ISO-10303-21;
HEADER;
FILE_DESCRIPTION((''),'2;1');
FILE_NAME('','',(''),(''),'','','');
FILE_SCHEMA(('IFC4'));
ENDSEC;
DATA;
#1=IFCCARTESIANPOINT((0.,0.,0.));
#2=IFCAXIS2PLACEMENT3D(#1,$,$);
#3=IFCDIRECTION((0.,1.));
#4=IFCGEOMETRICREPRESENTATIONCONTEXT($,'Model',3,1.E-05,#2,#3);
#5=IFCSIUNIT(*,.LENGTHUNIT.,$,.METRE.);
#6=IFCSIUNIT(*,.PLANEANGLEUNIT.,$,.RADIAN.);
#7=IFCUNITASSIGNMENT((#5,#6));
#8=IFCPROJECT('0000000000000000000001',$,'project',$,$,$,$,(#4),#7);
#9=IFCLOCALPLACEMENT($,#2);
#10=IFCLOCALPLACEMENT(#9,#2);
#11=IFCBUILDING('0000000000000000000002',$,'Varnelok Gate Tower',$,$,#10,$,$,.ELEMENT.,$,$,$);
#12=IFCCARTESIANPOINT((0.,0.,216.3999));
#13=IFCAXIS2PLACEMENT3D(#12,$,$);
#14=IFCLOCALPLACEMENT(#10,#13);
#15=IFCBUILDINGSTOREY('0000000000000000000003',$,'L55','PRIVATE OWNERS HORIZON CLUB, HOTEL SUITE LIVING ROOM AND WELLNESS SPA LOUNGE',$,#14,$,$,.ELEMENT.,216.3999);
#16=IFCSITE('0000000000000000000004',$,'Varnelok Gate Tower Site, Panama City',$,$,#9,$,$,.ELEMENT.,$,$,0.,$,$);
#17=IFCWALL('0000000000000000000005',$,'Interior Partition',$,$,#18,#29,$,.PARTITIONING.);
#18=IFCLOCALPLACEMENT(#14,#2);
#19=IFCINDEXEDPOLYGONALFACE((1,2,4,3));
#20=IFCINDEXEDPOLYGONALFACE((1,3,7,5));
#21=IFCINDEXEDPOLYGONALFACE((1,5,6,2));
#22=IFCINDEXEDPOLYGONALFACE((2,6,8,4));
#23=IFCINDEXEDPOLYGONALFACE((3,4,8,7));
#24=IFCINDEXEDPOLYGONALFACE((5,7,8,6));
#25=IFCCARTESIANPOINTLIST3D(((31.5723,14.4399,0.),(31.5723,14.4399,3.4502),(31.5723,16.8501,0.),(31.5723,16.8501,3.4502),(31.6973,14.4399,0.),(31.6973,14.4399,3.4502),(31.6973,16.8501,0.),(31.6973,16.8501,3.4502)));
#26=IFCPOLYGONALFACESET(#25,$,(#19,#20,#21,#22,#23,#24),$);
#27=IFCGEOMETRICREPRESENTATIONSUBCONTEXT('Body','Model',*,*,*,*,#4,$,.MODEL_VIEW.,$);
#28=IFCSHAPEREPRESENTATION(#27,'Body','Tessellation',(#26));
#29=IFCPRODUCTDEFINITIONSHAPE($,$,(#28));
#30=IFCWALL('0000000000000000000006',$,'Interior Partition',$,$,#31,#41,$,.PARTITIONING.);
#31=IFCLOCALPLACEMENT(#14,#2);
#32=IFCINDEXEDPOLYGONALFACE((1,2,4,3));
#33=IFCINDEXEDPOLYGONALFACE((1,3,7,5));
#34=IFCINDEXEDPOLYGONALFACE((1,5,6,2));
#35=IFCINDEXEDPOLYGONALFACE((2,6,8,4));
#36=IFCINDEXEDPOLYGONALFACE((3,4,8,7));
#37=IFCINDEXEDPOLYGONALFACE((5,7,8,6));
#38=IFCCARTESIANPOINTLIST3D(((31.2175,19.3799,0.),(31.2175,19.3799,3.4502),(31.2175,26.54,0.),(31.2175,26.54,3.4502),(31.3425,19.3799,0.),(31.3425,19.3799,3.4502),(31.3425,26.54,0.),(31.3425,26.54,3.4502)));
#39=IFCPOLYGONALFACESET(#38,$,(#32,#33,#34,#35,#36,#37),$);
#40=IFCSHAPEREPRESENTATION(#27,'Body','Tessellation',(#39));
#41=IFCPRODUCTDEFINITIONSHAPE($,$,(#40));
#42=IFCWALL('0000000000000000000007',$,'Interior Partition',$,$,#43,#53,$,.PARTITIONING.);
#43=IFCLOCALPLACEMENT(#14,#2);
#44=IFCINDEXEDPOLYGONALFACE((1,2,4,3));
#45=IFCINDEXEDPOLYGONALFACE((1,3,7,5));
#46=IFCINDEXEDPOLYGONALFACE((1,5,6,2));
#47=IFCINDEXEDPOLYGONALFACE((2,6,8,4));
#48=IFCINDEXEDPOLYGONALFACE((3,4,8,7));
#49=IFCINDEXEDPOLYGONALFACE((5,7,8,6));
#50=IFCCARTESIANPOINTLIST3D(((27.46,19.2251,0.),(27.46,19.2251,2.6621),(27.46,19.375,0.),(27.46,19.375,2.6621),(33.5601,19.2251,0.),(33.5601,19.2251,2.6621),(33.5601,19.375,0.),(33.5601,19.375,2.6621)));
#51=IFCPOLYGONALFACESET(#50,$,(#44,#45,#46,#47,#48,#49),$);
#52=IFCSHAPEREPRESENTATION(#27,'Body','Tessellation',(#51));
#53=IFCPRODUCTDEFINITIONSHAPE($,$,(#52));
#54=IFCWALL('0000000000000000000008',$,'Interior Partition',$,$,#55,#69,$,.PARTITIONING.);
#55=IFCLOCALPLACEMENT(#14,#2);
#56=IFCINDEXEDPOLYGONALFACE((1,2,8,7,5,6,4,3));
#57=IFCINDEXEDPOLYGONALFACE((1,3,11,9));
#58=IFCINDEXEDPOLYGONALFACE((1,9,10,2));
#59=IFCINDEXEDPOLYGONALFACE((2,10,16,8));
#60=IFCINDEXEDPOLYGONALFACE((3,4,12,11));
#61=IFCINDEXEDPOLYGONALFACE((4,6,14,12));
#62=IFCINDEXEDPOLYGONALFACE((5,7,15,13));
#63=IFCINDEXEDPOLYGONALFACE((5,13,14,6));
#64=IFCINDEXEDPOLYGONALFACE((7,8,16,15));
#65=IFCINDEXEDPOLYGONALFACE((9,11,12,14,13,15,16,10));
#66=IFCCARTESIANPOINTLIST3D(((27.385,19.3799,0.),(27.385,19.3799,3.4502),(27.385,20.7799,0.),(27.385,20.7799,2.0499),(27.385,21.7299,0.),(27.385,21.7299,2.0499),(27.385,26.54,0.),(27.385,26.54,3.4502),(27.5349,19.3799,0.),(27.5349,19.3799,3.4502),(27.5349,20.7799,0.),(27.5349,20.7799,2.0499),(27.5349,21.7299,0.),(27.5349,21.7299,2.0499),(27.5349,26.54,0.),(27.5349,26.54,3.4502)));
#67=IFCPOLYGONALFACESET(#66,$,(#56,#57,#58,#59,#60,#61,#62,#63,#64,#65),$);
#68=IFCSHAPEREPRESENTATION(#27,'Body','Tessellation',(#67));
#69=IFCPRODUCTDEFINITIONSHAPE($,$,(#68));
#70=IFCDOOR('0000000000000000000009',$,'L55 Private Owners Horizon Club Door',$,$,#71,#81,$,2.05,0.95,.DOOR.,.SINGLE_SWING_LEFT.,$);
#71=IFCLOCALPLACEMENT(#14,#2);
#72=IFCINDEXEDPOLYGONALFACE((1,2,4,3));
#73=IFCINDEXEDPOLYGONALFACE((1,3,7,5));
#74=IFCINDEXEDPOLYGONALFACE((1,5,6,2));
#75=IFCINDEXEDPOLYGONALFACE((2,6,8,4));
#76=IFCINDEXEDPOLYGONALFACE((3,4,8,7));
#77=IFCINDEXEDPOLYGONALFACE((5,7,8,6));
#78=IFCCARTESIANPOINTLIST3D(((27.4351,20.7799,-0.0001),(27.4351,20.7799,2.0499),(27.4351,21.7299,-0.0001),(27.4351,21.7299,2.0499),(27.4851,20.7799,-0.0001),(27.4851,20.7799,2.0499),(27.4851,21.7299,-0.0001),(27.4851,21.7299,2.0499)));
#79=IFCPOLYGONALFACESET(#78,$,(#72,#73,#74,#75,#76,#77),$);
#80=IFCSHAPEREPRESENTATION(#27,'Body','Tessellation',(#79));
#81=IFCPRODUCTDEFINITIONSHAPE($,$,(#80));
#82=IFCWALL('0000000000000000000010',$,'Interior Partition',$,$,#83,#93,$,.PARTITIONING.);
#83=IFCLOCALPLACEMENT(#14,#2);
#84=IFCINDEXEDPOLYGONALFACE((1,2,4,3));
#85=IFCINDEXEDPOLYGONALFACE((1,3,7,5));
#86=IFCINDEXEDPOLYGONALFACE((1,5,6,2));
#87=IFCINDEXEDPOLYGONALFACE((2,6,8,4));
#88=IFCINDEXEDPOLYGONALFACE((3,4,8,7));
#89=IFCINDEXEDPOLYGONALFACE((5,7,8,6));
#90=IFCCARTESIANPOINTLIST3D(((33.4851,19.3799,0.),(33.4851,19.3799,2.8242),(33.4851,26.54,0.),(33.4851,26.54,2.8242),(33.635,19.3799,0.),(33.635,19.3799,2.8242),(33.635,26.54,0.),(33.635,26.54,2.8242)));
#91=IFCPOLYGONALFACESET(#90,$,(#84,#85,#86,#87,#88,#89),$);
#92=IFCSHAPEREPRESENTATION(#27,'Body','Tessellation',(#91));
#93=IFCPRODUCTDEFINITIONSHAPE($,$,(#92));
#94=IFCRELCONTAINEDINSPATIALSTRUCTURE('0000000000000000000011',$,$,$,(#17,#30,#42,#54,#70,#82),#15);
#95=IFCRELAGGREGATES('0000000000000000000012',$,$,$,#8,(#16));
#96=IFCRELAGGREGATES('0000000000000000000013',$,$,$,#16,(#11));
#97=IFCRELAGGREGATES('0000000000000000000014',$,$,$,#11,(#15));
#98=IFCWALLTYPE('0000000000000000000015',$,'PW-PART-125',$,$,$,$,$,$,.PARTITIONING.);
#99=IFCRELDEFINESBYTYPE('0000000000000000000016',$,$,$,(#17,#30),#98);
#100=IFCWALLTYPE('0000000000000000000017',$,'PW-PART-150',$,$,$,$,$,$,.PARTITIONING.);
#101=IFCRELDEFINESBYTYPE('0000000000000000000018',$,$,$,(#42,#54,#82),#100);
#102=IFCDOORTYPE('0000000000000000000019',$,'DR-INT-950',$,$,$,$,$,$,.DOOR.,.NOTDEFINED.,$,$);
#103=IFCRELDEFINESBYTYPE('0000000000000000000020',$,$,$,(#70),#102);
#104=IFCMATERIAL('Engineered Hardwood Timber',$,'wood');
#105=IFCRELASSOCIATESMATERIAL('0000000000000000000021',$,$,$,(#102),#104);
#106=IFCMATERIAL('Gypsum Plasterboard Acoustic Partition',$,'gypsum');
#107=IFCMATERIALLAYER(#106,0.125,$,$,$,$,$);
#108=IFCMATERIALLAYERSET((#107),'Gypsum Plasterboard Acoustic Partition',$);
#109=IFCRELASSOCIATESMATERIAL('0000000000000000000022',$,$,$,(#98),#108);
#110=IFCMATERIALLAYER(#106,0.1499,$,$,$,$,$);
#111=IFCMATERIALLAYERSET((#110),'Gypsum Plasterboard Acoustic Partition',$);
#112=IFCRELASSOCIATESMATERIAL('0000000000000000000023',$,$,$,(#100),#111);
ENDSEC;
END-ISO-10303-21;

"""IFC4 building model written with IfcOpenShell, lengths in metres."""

from ifc_helpers import new_model, si_unit, direction, frame, frame_2d, origin, place, context, subcontext, project, spatial, rectangle, extrude, material, layer, layer_set, type_object, element, fill, save


model = new_model("IFC4")

# Units and contexts
model_context = context("Model", 3, precision=1e-05, world=origin(), true_north=direction((0.0, 1.0)))
body_context = subcontext(model_context, "Body", "Model", "MODEL_VIEW")
ifc_project = project(units=[si_unit("LENGTHUNIT", "METRE"), si_unit("PLANEANGLEUNIT", "RADIAN")], contexts=[model_context])

# Site, building, storey
site_placement = place(None, origin())
site = spatial("IfcSite", under=ifc_project, at=site_placement, Name="Varnelok Gate Tower Site, Panama City", CompositionType="ELEMENT", RefElevation=0.0)
building_placement = place(site_placement, origin())
building = spatial("IfcBuilding", under=site, at=building_placement, Name="Varnelok Gate Tower", CompositionType="ELEMENT")
storey_placement = place(building_placement, frame((0.0, 0.0, 216.3999)))
storey = spatial("IfcBuildingStorey", under=building, at=storey_placement, Name="L55", Description="PRIVATE OWNERS HORIZON CLUB, HOTEL SUITE LIVING ROOM AND WELLNESS SPA LOUNGE", CompositionType="ELEMENT", Elevation=216.3999)

# Shared definitions
ifc_material_1 = material(Name="Gypsum Plasterboard Acoustic Partition", Category="gypsum")
ifc_material_2 = material(Name="Engineered Hardwood Timber", Category="wood")
door_type_1 = type_object("IfcDoorType", Name="DR-INT-950", OperationType="NOTDEFINED", PredefinedType="DOOR", material=ifc_material_2)

# Walls
ifc_layer_1 = layer(ifc_material_1, 0.125)
ifc_layer_set_1 = layer_set([ifc_layer_1], Name="Gypsum Plasterboard Acoustic Partition")
wall_type_1 = type_object("IfcWallType", Name="PW-PART-125", PredefinedType="PARTITIONING", material=ifc_layer_set_1)
wall_1_placement = place(storey_placement, frame((31.6348, 14.4399, 0.0), z_axis=(0.0, 0.0, 1.0), x_axis=(0.0, 1.0, 0.0)))
element("IfcWall", 1, at=wall_1_placement, inside=storey, type_object=wall_type_1, Name="Interior Partition", PredefinedType="PARTITIONING", context=body_context, shape_type="SweptSolid", body=[
    extrude(rectangle(XDim=2.4102, YDim=0.125, at=frame_2d((1.2051, 0.0))), origin(), (0.0, 0.0, 1.0), 3.4502),
])
wall_2_placement = place(storey_placement, frame((31.28, 19.3799, 0.0), z_axis=(0.0, 0.0, 1.0), x_axis=(0.0, 1.0, 0.0)))
element("IfcWall", 2, at=wall_2_placement, inside=storey, type_object=wall_type_1, Name="Interior Partition", PredefinedType="PARTITIONING", context=body_context, shape_type="SweptSolid", body=[
    extrude(rectangle(XDim=7.1602, YDim=0.125, at=frame_2d((3.5801, 0.0))), origin(), (0.0, 0.0, 1.0), 3.4502),
])
ifc_layer_2 = layer(ifc_material_1, 0.1499)
ifc_layer_set_2 = layer_set([ifc_layer_2], Name="Gypsum Plasterboard Acoustic Partition")
wall_type_2 = type_object("IfcWallType", Name="PW-PART-150", PredefinedType="PARTITIONING", material=ifc_layer_set_2)
wall_3_placement = place(storey_placement, frame((27.46, 19.3, 0.0), z_axis=(0.0, 0.0, 1.0), x_axis=(1.0, 0.0, 0.0)))
element("IfcWall", 3, at=wall_3_placement, inside=storey, type_object=wall_type_2, Name="Interior Partition", PredefinedType="PARTITIONING", context=body_context, shape_type="SweptSolid", body=[
    extrude(rectangle(XDim=6.1001, YDim=0.1499, at=frame_2d((3.05, 0.0))), origin(), (0.0, 0.0, 1.0), 2.6621),
])

# Wall, opening, door
wall_4_placement = place(storey_placement, frame((27.46, 19.3799, 0.0), z_axis=(0.0, 0.0, 1.0), x_axis=(0.0, 1.0, 0.0)))
wall_4 = element("IfcWall", 4, at=wall_4_placement, inside=storey, type_object=wall_type_2, Name="Interior Partition", PredefinedType="PARTITIONING", context=body_context, shape_type="SweptSolid", body=[
    extrude(rectangle(XDim=7.1602, YDim=0.1499, at=frame_2d((3.5801, 0.0))), origin(), (0.0, 0.0, 1.0), 3.4502),
])
opening_1_placement = place(wall_4_placement, frame((1.3999, 0.0, 0.0)))
opening_1 = element("IfcOpeningElement", 5, at=opening_1_placement, cuts=wall_4, PredefinedType="OPENING", context=body_context, shape_type="SweptSolid", body=[
    extrude(rectangle(XDim=0.95, YDim=2.05, at=frame_2d((0.4751, 1.0249))), frame((0.0, 0.085, 0.0), z_axis=(0.0, -1.0, 0.0), x_axis=(1.0, 0.0, 0.0)), (0.0, 0.0, 1.0), 0.1699),
])
door_1_placement = place(opening_1_placement, origin())
door_1 = element("IfcDoor", 6, at=door_1_placement, inside=storey, type_object=door_type_1, Name="L55 Private Owners Horizon Club Door", OperationType="SINGLE_SWING_LEFT", OverallHeight=2.05, OverallWidth=0.95, PredefinedType="DOOR", context=body_context, shape_type="SweptSolid", body=[
    extrude(rectangle(XDim=0.95, YDim=2.05, at=frame_2d((0.4751, 1.0249))), frame((0.0, 0.0249, 0.0), z_axis=(0.0, -1.0, 0.0), x_axis=(1.0, 0.0, 0.0)), (0.0, 0.0, 1.0), 0.05),
])
fill(opening_1, door_1)

# Wall
wall_5_placement = place(storey_placement, frame((33.5601, 19.3799, 0.0), z_axis=(0.0, 0.0, 1.0), x_axis=(0.0, 1.0, 0.0)))
element("IfcWall", 7, at=wall_5_placement, inside=storey, type_object=wall_type_2, Name="Interior Partition", PredefinedType="PARTITIONING", context=body_context, shape_type="SweptSolid", body=[
    extrude(rectangle(XDim=7.1602, YDim=0.1499, at=frame_2d((3.5801, 0.0))), origin(), (0.0, 0.0, 1.0), 2.8242),
])

save(model, "model.ifc")
